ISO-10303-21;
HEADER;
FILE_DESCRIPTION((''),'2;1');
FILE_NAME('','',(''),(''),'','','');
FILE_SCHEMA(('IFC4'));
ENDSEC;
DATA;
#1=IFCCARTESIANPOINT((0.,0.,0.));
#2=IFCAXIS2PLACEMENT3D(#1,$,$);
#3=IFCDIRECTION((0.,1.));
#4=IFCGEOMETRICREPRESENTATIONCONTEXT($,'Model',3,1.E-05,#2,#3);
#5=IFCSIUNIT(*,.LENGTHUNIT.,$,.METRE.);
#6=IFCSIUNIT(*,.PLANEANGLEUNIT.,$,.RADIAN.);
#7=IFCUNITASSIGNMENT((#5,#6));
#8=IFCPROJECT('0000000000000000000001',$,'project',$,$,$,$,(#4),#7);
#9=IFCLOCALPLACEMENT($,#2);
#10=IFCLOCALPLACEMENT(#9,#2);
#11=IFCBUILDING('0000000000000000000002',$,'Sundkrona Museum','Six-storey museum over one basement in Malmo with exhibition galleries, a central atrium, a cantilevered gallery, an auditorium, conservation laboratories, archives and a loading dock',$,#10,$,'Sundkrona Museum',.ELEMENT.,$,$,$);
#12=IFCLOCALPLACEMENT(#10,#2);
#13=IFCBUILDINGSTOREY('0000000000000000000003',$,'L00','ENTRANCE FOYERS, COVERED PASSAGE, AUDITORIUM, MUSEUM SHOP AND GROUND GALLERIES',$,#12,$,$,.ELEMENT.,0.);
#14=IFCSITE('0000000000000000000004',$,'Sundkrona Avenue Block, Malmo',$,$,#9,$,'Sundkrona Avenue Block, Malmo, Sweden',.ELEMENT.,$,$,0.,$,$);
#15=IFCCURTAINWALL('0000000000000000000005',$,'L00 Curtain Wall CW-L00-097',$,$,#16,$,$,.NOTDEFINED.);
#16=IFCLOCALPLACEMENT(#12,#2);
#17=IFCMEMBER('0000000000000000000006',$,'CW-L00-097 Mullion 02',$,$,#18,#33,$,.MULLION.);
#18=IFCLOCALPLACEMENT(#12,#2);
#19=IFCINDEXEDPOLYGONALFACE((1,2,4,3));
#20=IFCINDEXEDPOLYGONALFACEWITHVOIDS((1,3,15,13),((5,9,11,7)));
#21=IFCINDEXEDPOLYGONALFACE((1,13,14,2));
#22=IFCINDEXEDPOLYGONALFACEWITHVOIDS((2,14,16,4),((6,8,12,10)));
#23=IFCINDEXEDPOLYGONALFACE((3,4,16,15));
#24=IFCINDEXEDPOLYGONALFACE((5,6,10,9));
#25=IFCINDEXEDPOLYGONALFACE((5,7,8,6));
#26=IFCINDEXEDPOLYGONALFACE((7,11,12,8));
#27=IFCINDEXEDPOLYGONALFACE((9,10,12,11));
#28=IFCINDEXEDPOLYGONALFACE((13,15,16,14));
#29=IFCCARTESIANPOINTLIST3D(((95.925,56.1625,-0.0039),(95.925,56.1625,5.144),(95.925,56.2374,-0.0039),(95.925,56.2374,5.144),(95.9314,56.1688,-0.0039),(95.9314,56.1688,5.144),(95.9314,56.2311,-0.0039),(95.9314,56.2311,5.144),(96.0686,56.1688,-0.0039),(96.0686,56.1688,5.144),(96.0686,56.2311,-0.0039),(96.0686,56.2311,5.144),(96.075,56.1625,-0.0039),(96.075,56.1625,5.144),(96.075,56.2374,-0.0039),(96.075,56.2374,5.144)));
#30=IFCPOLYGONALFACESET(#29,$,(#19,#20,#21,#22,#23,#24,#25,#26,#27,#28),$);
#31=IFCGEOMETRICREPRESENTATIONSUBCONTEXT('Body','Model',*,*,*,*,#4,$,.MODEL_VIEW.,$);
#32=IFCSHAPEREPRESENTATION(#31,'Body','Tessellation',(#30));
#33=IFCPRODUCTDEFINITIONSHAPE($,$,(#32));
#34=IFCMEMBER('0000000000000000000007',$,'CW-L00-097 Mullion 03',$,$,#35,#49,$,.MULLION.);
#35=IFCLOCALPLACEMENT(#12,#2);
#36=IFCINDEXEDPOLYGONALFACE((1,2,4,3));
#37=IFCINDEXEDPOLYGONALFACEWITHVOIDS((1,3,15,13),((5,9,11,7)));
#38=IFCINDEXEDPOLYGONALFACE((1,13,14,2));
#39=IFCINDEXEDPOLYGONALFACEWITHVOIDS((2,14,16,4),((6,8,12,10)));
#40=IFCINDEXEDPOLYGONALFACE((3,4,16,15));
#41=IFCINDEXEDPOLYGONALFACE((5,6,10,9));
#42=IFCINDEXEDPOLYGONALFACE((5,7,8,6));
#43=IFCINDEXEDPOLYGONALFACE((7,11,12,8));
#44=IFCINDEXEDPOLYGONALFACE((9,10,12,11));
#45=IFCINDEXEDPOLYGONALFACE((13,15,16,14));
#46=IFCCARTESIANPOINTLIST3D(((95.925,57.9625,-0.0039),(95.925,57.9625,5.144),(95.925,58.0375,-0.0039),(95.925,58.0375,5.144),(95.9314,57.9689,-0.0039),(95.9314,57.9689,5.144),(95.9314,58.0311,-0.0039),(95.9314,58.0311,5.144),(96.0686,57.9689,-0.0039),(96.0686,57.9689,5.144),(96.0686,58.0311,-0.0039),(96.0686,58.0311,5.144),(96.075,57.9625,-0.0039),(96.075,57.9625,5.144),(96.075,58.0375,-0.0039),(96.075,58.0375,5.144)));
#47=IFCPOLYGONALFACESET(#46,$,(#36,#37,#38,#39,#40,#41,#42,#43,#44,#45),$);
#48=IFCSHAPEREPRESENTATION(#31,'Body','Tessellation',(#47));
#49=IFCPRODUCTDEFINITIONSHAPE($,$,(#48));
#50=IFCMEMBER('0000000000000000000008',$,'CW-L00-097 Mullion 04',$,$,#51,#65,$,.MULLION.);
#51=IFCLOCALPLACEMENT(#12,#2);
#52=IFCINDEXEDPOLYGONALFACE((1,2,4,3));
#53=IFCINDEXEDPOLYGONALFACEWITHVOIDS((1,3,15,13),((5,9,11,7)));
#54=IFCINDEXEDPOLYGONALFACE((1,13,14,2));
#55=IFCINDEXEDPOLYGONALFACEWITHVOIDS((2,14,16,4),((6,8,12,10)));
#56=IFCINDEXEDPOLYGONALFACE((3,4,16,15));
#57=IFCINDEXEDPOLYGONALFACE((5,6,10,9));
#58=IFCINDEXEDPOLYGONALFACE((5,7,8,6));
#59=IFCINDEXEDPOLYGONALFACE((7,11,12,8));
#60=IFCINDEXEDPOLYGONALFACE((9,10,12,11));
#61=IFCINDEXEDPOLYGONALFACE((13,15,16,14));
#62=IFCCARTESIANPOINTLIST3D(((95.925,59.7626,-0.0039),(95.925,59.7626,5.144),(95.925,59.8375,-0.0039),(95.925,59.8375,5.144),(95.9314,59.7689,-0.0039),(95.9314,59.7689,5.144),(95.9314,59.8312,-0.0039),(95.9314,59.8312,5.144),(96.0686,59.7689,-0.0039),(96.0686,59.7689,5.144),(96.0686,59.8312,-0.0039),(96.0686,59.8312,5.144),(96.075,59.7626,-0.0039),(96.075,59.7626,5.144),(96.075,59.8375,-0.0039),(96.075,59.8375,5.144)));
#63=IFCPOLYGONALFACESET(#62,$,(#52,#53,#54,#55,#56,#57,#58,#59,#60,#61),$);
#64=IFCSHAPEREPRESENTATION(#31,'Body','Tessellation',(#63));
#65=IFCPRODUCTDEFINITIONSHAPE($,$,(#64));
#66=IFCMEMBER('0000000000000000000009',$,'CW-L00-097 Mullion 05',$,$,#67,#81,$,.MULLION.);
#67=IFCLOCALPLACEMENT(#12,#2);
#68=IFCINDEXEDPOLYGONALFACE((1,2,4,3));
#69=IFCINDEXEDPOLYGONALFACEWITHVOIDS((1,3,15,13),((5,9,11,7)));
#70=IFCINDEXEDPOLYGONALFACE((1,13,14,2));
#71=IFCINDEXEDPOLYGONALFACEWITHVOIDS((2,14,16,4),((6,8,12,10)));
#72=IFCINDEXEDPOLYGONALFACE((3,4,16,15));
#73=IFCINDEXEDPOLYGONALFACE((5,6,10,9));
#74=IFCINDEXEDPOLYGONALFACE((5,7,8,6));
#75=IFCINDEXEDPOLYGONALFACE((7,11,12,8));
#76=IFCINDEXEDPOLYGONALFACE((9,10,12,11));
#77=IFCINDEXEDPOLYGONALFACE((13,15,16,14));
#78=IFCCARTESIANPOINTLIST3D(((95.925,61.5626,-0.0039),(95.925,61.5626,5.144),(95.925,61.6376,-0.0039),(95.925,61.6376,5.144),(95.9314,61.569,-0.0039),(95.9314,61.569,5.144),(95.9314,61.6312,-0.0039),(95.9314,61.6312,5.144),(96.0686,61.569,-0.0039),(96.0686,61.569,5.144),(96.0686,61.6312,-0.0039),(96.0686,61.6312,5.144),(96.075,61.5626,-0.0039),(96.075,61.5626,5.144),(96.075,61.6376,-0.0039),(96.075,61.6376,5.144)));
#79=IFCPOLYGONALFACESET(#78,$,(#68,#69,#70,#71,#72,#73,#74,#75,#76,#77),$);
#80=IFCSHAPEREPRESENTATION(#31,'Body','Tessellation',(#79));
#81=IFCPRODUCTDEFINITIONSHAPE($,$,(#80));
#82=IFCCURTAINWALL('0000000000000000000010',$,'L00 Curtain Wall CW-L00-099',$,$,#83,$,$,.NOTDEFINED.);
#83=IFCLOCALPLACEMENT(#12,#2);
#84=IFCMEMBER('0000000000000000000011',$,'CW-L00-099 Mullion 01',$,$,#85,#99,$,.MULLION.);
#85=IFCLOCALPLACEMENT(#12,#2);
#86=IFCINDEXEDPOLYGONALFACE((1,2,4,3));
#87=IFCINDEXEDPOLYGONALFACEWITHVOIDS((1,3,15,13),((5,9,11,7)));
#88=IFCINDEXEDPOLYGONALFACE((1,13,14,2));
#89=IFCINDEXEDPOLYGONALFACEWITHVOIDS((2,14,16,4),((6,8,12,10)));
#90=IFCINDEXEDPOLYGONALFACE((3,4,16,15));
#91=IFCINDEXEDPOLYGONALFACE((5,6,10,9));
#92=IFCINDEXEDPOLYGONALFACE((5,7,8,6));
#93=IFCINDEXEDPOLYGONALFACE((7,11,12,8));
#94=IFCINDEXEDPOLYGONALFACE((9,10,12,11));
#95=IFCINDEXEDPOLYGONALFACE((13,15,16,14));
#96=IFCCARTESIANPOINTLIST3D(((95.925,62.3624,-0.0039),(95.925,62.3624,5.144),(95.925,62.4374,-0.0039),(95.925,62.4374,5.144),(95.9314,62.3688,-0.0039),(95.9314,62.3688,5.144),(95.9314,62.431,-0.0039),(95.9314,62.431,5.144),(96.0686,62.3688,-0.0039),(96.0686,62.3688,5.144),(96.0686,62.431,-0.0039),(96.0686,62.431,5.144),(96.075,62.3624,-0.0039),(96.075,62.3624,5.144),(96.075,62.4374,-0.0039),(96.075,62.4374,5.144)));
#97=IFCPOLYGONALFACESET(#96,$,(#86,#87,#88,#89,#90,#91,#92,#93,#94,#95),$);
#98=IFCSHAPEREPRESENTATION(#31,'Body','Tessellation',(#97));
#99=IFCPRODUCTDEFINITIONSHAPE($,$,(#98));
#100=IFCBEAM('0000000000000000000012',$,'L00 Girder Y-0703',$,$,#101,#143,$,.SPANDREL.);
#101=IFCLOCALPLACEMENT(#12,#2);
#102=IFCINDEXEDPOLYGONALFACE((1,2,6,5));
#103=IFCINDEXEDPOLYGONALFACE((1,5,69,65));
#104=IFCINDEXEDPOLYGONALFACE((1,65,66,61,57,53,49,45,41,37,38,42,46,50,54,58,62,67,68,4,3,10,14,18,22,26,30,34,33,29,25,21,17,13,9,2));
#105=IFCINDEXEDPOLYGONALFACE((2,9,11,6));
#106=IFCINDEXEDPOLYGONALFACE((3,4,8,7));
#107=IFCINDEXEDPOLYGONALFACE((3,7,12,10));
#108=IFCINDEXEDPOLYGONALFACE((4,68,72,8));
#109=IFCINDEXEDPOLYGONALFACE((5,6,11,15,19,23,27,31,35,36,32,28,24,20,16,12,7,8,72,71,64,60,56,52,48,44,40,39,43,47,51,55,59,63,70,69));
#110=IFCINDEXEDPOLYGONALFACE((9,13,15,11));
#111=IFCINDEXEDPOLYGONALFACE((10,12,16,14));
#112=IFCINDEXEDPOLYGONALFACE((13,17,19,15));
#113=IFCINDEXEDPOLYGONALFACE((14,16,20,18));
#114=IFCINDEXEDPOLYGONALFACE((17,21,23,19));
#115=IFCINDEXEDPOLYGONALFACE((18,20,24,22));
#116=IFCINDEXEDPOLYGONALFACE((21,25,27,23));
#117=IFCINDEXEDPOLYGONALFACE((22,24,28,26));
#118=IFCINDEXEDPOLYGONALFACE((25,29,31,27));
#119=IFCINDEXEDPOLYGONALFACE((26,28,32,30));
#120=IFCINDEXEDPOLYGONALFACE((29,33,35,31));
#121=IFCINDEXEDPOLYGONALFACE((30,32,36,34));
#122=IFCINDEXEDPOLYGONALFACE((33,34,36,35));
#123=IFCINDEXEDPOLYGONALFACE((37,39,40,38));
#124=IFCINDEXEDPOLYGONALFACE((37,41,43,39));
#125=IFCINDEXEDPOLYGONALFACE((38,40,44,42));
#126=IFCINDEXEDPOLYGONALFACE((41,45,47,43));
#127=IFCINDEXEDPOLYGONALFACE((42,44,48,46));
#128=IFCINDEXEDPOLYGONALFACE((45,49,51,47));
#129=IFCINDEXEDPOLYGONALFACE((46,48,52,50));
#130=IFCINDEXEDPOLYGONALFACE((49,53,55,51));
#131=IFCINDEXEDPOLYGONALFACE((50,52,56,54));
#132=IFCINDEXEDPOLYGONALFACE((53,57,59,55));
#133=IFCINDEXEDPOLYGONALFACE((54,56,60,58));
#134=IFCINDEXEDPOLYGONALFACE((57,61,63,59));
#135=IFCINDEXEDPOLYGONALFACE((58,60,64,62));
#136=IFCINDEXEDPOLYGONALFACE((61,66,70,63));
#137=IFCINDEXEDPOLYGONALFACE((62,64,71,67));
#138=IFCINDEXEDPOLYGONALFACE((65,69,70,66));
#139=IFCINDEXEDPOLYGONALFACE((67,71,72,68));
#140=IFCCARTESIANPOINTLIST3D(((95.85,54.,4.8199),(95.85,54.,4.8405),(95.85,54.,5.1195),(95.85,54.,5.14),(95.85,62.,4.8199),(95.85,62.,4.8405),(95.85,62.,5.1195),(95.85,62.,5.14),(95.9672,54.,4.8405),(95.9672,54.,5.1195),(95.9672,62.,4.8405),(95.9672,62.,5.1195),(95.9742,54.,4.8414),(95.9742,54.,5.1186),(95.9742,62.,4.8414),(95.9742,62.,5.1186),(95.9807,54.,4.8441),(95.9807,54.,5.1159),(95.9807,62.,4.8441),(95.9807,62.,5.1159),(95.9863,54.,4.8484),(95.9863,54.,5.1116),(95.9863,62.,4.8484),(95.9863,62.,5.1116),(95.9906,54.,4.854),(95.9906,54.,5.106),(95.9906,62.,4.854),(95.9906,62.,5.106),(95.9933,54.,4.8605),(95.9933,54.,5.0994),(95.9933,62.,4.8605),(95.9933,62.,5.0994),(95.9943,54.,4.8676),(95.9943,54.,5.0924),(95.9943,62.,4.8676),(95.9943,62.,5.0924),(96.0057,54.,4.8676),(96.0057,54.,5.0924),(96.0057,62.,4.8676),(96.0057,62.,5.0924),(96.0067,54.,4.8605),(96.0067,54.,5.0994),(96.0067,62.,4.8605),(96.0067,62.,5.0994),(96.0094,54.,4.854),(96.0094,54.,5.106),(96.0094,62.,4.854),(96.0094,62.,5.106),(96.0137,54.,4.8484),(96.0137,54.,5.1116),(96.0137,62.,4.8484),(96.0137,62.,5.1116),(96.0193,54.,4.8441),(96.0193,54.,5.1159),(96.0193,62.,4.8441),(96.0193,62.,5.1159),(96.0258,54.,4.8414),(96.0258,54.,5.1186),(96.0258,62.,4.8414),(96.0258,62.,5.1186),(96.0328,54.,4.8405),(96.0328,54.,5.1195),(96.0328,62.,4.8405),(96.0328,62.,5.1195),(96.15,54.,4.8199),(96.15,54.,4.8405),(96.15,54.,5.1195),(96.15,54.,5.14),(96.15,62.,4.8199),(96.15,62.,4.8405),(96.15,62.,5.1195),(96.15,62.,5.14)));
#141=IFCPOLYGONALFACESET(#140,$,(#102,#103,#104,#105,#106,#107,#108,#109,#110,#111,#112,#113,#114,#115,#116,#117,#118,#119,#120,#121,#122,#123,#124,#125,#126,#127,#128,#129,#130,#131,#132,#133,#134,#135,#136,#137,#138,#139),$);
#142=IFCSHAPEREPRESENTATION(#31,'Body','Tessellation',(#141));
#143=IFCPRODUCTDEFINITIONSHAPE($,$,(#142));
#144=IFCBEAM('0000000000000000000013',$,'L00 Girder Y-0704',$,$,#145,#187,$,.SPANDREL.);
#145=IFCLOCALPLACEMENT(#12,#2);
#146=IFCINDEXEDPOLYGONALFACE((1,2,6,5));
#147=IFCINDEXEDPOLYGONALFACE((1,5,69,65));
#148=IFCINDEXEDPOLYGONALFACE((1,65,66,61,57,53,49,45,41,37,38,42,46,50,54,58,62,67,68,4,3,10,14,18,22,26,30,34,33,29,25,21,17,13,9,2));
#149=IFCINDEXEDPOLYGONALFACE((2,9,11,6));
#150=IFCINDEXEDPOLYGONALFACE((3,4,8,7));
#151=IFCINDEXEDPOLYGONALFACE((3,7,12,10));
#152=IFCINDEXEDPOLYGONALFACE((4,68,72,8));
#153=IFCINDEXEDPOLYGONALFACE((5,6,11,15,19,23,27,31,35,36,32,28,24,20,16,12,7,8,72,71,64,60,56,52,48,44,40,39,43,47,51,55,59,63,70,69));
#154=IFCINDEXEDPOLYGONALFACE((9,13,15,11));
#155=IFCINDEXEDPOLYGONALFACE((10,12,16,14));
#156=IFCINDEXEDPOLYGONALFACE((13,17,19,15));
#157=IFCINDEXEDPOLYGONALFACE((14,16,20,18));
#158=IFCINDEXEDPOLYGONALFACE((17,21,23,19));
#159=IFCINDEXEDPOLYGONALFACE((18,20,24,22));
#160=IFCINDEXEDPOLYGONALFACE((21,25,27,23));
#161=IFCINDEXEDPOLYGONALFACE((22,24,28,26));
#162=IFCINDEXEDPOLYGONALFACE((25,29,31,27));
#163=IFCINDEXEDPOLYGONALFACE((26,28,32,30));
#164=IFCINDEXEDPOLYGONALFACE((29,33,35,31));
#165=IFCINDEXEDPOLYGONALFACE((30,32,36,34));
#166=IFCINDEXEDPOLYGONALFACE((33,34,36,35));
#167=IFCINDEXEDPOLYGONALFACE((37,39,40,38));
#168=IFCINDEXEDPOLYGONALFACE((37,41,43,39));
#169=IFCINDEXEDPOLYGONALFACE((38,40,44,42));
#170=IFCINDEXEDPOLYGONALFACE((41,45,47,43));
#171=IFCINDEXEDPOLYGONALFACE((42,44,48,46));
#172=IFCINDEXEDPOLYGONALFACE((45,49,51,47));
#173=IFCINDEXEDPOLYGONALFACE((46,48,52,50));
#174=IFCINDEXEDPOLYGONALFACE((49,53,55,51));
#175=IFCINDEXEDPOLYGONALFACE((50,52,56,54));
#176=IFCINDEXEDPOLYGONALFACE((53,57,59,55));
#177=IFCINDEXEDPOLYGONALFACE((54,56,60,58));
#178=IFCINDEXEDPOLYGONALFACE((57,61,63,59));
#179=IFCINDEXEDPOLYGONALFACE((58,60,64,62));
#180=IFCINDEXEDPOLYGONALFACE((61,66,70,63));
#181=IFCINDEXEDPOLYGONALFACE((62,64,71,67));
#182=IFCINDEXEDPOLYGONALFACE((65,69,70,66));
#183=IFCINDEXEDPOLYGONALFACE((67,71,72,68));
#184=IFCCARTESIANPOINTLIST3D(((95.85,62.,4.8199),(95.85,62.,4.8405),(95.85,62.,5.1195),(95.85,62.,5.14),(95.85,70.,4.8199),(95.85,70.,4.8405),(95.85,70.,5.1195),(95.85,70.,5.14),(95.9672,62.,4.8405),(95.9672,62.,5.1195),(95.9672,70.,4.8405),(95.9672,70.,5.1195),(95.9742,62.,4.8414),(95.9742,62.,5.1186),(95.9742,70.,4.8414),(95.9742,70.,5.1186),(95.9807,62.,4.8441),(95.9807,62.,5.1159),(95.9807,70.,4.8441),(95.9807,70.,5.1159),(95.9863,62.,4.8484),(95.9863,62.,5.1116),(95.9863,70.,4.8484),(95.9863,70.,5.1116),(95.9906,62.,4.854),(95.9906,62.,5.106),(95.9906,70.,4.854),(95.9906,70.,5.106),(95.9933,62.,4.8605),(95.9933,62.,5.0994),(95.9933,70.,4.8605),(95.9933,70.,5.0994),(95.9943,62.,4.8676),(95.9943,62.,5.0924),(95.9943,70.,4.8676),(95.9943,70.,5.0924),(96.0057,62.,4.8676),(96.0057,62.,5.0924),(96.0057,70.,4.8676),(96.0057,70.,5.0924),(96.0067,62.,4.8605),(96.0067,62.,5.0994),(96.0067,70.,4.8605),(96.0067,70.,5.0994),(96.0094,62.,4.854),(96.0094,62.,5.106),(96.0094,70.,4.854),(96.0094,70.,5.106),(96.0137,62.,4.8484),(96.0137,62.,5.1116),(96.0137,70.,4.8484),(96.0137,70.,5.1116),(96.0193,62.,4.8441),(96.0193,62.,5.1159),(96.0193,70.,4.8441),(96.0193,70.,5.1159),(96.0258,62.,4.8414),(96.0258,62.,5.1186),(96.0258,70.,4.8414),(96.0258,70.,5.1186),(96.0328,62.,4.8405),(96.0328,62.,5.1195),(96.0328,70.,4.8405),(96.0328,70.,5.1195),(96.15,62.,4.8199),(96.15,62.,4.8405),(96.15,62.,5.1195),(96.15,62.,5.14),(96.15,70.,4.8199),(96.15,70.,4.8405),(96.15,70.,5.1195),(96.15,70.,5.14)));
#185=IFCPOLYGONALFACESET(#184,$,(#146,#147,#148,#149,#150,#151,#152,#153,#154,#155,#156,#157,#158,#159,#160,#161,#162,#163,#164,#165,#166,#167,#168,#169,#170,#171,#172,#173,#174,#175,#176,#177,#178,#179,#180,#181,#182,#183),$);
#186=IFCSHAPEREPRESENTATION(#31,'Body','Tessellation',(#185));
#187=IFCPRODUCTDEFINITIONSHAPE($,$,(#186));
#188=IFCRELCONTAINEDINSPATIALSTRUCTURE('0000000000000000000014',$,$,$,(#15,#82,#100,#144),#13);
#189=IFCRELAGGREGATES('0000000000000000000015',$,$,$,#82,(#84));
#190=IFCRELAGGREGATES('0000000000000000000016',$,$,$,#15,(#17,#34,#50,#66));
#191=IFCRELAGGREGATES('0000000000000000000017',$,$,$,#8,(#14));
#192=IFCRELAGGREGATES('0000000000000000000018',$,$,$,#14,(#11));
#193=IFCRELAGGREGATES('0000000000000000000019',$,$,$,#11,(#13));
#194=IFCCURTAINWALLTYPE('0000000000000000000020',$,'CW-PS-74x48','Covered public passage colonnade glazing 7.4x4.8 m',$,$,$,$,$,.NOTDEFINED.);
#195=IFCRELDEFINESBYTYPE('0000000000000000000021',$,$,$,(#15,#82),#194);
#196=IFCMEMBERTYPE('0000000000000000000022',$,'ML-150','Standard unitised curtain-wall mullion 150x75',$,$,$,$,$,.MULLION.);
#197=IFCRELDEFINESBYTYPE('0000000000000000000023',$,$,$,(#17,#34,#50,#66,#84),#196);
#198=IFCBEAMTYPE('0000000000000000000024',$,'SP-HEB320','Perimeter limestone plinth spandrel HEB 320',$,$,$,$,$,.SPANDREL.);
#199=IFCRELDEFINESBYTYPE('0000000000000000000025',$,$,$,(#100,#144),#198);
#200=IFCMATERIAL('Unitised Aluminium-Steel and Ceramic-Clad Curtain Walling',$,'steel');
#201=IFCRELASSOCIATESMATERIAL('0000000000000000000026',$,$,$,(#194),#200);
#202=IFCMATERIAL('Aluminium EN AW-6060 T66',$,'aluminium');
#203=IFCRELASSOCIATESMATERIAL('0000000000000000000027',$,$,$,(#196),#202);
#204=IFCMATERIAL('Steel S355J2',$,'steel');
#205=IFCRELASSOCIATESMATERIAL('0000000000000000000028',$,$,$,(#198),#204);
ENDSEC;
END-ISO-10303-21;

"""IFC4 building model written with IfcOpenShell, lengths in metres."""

from ifc_helpers import new_model, si_unit, direction, frame, origin, origin_2d, place, context, subcontext, project, spatial, hollow_rectangle, i_section, extrude, material, material_profile, profile_set, type_object, element, aggregate, save


model = new_model("IFC4")

# Units and contexts
model_context = context("Model", 3, precision=1e-05, world=origin(), true_north=direction((0.0, 1.0)))
body_context = subcontext(model_context, "Body", "Model", "MODEL_VIEW")
ifc_project = project(units=[si_unit("LENGTHUNIT", "METRE"), si_unit("PLANEANGLEUNIT", "RADIAN")], contexts=[model_context])

# Site, building, storey
site_placement = place(None, origin())
site = spatial("IfcSite", under=ifc_project, at=site_placement, Name="Sundkrona Avenue Block, Malmo", LongName="Sundkrona Avenue Block, Malmo, Sweden", CompositionType="ELEMENT", RefElevation=0.0)
building_placement = place(site_placement, origin())
building = spatial("IfcBuilding", under=site, at=building_placement, Name="Sundkrona Museum", Description="Six-storey museum over one basement in Malmo with exhibition galleries, a central atrium, a cantilevered gallery, an auditorium, conservation laboratories, archives and a loading dock", LongName="Sundkrona Museum", CompositionType="ELEMENT")
storey_placement = place(building_placement, origin())
storey = spatial("IfcBuildingStorey", under=building, at=storey_placement, Name="L00", Description="ENTRANCE FOYERS, COVERED PASSAGE, AUDITORIUM, MUSEUM SHOP AND GROUND GALLERIES", CompositionType="ELEMENT", Elevation=0.0)

# Shared definitions
ifc_material_1 = material(Name="Steel S355J2", Category="steel")

# Curtain wall, members
ifc_material_2 = material(Name="Unitised Aluminium-Steel and Ceramic-Clad Curtain Walling", Category="steel")
curtain_wall_type = type_object("IfcCurtainWallType", Name="CW-PS-74x48", Description="Covered public passage colonnade glazing 7.4x4.8 m", PredefinedType="NOTDEFINED", material=ifc_material_2)
curtain_wall_1_placement = place(storey_placement, origin())
curtain_wall_1 = element("IfcCurtainWall", 1, at=curtain_wall_1_placement, inside=storey, type_object=curtain_wall_type, Name="L00 Curtain Wall CW-L00-097", PredefinedType="NOTDEFINED")
ifc_material_3 = material(Name="Aluminium EN AW-6060 T66", Category="aluminium")
ifc_material_profile_1 = material_profile(ifc_material_3, hollow_rectangle(XDim=0.075, YDim=0.1499, WallThickness=0.0063, at=origin_2d()), Name="RHS 150x75x6.3")
ifc_profile_set_1 = profile_set([ifc_material_profile_1], Name="Aluminium EN AW-6060 T66")
member_type_1 = type_object("IfcMemberType", Name="ML-150", Description="Standard unitised curtain-wall mullion 150x75", PredefinedType="MULLION", material=ifc_profile_set_1)
member_1_placement = place(storey_placement, frame((96.0, 56.2, -0.0039), z_axis=(0.0, 0.0, 1.0), x_axis=(0.0, 1.0, 0.0)))
member_1 = element("IfcMember", 2, at=member_1_placement, type_object=member_type_1, Name="CW-L00-097 Mullion 02", PredefinedType="MULLION", context=body_context, shape_type="SweptSolid", body=[
    extrude(hollow_rectangle(XDim=0.075, YDim=0.1499, WallThickness=0.0063, at=origin_2d()), origin(), (0.0, 0.0, 1.0), 5.1479),
])
member_2_placement = place(storey_placement, frame((96.0, 58.0, -0.0039), z_axis=(0.0, 0.0, 1.0), x_axis=(0.0, 1.0, 0.0)))
member_2 = element("IfcMember", 3, at=member_2_placement, type_object=member_type_1, Name="CW-L00-097 Mullion 03", PredefinedType="MULLION", context=body_context, shape_type="SweptSolid", body=[
    extrude(hollow_rectangle(XDim=0.075, YDim=0.1499, WallThickness=0.0063, at=origin_2d()), origin(), (0.0, 0.0, 1.0), 5.1479),
])
member_3_placement = place(storey_placement, frame((96.0, 59.8, -0.0039), z_axis=(0.0, 0.0, 1.0), x_axis=(0.0, 1.0, 0.0)))
member_3 = element("IfcMember", 4, at=member_3_placement, type_object=member_type_1, Name="CW-L00-097 Mullion 04", PredefinedType="MULLION", context=body_context, shape_type="SweptSolid", body=[
    extrude(hollow_rectangle(XDim=0.075, YDim=0.1499, WallThickness=0.0063, at=origin_2d()), origin(), (0.0, 0.0, 1.0), 5.1479),
])
member_4_placement = place(storey_placement, frame((96.0, 61.6001, -0.0039), z_axis=(0.0, 0.0, 1.0), x_axis=(0.0, 1.0, 0.0)))
member_4 = element("IfcMember", 5, at=member_4_placement, type_object=member_type_1, Name="CW-L00-097 Mullion 05", PredefinedType="MULLION", context=body_context, shape_type="SweptSolid", body=[
    extrude(hollow_rectangle(XDim=0.075, YDim=0.1499, WallThickness=0.0063, at=origin_2d()), origin(), (0.0, 0.0, 1.0), 5.1479),
])

# Curtain wall, member
curtain_wall_2_placement = place(storey_placement, origin())
curtain_wall_2 = element("IfcCurtainWall", 6, at=curtain_wall_2_placement, inside=storey, type_object=curtain_wall_type, Name="L00 Curtain Wall CW-L00-099", PredefinedType="NOTDEFINED")
member_5_placement = place(storey_placement, frame((96.0, 62.3999, -0.0039), z_axis=(0.0, 0.0, 1.0), x_axis=(0.0, 1.0, 0.0)))
member_5 = element("IfcMember", 7, at=member_5_placement, type_object=member_type_1, Name="CW-L00-099 Mullion 01", PredefinedType="MULLION", context=body_context, shape_type="SweptSolid", body=[
    extrude(hollow_rectangle(XDim=0.075, YDim=0.1499, WallThickness=0.0063, at=origin_2d()), origin(), (0.0, 0.0, 1.0), 5.1479),
])

# Beams
ifc_material_profile_2 = material_profile(ifc_material_1, i_section(OverallWidth=0.3, OverallDepth=0.3201, WebThickness=0.0115, FlangeThickness=0.0205, FilletRadius=0.0271, at=origin_2d()), Name="HEB 320")
ifc_profile_set_2 = profile_set([ifc_material_profile_2], Name="Steel S355J2")
beam_type_1 = type_object("IfcBeamType", Name="SP-HEB320", Description="Perimeter limestone plinth spandrel HEB 320", PredefinedType="SPANDREL", material=ifc_profile_set_2)
for number, where, z_axis, x_axis, name in (
    (8, (96.0, 54.0, 4.98), (0.0, 1.0, 0.0), (-1.0, 0.0, 0.0), "L00 Girder Y-0703"),
    (9, (96.0, 62.0, 4.98), (0.0, 1.0, 0.0), (-1.0, 0.0, 0.0), "L00 Girder Y-0704"),
):
    element("IfcBeam", number, at=place(storey_placement, frame(where, z_axis=z_axis, x_axis=x_axis)), inside=storey, type_object=beam_type_1, Name=name, PredefinedType="SPANDREL", context=body_context, shape_type="SweptSolid", body=[
        extrude(i_section(OverallWidth=0.3, OverallDepth=0.3201, WebThickness=0.0115, FlangeThickness=0.0205, FilletRadius=0.0271, at=origin_2d()), origin(), (0.0, 0.0, 1.0), 8.0),
    ])

aggregate(curtain_wall_2, [member_5])

aggregate(curtain_wall_1, [member_1, member_2, member_3, member_4])

save(model, "model.ifc")
